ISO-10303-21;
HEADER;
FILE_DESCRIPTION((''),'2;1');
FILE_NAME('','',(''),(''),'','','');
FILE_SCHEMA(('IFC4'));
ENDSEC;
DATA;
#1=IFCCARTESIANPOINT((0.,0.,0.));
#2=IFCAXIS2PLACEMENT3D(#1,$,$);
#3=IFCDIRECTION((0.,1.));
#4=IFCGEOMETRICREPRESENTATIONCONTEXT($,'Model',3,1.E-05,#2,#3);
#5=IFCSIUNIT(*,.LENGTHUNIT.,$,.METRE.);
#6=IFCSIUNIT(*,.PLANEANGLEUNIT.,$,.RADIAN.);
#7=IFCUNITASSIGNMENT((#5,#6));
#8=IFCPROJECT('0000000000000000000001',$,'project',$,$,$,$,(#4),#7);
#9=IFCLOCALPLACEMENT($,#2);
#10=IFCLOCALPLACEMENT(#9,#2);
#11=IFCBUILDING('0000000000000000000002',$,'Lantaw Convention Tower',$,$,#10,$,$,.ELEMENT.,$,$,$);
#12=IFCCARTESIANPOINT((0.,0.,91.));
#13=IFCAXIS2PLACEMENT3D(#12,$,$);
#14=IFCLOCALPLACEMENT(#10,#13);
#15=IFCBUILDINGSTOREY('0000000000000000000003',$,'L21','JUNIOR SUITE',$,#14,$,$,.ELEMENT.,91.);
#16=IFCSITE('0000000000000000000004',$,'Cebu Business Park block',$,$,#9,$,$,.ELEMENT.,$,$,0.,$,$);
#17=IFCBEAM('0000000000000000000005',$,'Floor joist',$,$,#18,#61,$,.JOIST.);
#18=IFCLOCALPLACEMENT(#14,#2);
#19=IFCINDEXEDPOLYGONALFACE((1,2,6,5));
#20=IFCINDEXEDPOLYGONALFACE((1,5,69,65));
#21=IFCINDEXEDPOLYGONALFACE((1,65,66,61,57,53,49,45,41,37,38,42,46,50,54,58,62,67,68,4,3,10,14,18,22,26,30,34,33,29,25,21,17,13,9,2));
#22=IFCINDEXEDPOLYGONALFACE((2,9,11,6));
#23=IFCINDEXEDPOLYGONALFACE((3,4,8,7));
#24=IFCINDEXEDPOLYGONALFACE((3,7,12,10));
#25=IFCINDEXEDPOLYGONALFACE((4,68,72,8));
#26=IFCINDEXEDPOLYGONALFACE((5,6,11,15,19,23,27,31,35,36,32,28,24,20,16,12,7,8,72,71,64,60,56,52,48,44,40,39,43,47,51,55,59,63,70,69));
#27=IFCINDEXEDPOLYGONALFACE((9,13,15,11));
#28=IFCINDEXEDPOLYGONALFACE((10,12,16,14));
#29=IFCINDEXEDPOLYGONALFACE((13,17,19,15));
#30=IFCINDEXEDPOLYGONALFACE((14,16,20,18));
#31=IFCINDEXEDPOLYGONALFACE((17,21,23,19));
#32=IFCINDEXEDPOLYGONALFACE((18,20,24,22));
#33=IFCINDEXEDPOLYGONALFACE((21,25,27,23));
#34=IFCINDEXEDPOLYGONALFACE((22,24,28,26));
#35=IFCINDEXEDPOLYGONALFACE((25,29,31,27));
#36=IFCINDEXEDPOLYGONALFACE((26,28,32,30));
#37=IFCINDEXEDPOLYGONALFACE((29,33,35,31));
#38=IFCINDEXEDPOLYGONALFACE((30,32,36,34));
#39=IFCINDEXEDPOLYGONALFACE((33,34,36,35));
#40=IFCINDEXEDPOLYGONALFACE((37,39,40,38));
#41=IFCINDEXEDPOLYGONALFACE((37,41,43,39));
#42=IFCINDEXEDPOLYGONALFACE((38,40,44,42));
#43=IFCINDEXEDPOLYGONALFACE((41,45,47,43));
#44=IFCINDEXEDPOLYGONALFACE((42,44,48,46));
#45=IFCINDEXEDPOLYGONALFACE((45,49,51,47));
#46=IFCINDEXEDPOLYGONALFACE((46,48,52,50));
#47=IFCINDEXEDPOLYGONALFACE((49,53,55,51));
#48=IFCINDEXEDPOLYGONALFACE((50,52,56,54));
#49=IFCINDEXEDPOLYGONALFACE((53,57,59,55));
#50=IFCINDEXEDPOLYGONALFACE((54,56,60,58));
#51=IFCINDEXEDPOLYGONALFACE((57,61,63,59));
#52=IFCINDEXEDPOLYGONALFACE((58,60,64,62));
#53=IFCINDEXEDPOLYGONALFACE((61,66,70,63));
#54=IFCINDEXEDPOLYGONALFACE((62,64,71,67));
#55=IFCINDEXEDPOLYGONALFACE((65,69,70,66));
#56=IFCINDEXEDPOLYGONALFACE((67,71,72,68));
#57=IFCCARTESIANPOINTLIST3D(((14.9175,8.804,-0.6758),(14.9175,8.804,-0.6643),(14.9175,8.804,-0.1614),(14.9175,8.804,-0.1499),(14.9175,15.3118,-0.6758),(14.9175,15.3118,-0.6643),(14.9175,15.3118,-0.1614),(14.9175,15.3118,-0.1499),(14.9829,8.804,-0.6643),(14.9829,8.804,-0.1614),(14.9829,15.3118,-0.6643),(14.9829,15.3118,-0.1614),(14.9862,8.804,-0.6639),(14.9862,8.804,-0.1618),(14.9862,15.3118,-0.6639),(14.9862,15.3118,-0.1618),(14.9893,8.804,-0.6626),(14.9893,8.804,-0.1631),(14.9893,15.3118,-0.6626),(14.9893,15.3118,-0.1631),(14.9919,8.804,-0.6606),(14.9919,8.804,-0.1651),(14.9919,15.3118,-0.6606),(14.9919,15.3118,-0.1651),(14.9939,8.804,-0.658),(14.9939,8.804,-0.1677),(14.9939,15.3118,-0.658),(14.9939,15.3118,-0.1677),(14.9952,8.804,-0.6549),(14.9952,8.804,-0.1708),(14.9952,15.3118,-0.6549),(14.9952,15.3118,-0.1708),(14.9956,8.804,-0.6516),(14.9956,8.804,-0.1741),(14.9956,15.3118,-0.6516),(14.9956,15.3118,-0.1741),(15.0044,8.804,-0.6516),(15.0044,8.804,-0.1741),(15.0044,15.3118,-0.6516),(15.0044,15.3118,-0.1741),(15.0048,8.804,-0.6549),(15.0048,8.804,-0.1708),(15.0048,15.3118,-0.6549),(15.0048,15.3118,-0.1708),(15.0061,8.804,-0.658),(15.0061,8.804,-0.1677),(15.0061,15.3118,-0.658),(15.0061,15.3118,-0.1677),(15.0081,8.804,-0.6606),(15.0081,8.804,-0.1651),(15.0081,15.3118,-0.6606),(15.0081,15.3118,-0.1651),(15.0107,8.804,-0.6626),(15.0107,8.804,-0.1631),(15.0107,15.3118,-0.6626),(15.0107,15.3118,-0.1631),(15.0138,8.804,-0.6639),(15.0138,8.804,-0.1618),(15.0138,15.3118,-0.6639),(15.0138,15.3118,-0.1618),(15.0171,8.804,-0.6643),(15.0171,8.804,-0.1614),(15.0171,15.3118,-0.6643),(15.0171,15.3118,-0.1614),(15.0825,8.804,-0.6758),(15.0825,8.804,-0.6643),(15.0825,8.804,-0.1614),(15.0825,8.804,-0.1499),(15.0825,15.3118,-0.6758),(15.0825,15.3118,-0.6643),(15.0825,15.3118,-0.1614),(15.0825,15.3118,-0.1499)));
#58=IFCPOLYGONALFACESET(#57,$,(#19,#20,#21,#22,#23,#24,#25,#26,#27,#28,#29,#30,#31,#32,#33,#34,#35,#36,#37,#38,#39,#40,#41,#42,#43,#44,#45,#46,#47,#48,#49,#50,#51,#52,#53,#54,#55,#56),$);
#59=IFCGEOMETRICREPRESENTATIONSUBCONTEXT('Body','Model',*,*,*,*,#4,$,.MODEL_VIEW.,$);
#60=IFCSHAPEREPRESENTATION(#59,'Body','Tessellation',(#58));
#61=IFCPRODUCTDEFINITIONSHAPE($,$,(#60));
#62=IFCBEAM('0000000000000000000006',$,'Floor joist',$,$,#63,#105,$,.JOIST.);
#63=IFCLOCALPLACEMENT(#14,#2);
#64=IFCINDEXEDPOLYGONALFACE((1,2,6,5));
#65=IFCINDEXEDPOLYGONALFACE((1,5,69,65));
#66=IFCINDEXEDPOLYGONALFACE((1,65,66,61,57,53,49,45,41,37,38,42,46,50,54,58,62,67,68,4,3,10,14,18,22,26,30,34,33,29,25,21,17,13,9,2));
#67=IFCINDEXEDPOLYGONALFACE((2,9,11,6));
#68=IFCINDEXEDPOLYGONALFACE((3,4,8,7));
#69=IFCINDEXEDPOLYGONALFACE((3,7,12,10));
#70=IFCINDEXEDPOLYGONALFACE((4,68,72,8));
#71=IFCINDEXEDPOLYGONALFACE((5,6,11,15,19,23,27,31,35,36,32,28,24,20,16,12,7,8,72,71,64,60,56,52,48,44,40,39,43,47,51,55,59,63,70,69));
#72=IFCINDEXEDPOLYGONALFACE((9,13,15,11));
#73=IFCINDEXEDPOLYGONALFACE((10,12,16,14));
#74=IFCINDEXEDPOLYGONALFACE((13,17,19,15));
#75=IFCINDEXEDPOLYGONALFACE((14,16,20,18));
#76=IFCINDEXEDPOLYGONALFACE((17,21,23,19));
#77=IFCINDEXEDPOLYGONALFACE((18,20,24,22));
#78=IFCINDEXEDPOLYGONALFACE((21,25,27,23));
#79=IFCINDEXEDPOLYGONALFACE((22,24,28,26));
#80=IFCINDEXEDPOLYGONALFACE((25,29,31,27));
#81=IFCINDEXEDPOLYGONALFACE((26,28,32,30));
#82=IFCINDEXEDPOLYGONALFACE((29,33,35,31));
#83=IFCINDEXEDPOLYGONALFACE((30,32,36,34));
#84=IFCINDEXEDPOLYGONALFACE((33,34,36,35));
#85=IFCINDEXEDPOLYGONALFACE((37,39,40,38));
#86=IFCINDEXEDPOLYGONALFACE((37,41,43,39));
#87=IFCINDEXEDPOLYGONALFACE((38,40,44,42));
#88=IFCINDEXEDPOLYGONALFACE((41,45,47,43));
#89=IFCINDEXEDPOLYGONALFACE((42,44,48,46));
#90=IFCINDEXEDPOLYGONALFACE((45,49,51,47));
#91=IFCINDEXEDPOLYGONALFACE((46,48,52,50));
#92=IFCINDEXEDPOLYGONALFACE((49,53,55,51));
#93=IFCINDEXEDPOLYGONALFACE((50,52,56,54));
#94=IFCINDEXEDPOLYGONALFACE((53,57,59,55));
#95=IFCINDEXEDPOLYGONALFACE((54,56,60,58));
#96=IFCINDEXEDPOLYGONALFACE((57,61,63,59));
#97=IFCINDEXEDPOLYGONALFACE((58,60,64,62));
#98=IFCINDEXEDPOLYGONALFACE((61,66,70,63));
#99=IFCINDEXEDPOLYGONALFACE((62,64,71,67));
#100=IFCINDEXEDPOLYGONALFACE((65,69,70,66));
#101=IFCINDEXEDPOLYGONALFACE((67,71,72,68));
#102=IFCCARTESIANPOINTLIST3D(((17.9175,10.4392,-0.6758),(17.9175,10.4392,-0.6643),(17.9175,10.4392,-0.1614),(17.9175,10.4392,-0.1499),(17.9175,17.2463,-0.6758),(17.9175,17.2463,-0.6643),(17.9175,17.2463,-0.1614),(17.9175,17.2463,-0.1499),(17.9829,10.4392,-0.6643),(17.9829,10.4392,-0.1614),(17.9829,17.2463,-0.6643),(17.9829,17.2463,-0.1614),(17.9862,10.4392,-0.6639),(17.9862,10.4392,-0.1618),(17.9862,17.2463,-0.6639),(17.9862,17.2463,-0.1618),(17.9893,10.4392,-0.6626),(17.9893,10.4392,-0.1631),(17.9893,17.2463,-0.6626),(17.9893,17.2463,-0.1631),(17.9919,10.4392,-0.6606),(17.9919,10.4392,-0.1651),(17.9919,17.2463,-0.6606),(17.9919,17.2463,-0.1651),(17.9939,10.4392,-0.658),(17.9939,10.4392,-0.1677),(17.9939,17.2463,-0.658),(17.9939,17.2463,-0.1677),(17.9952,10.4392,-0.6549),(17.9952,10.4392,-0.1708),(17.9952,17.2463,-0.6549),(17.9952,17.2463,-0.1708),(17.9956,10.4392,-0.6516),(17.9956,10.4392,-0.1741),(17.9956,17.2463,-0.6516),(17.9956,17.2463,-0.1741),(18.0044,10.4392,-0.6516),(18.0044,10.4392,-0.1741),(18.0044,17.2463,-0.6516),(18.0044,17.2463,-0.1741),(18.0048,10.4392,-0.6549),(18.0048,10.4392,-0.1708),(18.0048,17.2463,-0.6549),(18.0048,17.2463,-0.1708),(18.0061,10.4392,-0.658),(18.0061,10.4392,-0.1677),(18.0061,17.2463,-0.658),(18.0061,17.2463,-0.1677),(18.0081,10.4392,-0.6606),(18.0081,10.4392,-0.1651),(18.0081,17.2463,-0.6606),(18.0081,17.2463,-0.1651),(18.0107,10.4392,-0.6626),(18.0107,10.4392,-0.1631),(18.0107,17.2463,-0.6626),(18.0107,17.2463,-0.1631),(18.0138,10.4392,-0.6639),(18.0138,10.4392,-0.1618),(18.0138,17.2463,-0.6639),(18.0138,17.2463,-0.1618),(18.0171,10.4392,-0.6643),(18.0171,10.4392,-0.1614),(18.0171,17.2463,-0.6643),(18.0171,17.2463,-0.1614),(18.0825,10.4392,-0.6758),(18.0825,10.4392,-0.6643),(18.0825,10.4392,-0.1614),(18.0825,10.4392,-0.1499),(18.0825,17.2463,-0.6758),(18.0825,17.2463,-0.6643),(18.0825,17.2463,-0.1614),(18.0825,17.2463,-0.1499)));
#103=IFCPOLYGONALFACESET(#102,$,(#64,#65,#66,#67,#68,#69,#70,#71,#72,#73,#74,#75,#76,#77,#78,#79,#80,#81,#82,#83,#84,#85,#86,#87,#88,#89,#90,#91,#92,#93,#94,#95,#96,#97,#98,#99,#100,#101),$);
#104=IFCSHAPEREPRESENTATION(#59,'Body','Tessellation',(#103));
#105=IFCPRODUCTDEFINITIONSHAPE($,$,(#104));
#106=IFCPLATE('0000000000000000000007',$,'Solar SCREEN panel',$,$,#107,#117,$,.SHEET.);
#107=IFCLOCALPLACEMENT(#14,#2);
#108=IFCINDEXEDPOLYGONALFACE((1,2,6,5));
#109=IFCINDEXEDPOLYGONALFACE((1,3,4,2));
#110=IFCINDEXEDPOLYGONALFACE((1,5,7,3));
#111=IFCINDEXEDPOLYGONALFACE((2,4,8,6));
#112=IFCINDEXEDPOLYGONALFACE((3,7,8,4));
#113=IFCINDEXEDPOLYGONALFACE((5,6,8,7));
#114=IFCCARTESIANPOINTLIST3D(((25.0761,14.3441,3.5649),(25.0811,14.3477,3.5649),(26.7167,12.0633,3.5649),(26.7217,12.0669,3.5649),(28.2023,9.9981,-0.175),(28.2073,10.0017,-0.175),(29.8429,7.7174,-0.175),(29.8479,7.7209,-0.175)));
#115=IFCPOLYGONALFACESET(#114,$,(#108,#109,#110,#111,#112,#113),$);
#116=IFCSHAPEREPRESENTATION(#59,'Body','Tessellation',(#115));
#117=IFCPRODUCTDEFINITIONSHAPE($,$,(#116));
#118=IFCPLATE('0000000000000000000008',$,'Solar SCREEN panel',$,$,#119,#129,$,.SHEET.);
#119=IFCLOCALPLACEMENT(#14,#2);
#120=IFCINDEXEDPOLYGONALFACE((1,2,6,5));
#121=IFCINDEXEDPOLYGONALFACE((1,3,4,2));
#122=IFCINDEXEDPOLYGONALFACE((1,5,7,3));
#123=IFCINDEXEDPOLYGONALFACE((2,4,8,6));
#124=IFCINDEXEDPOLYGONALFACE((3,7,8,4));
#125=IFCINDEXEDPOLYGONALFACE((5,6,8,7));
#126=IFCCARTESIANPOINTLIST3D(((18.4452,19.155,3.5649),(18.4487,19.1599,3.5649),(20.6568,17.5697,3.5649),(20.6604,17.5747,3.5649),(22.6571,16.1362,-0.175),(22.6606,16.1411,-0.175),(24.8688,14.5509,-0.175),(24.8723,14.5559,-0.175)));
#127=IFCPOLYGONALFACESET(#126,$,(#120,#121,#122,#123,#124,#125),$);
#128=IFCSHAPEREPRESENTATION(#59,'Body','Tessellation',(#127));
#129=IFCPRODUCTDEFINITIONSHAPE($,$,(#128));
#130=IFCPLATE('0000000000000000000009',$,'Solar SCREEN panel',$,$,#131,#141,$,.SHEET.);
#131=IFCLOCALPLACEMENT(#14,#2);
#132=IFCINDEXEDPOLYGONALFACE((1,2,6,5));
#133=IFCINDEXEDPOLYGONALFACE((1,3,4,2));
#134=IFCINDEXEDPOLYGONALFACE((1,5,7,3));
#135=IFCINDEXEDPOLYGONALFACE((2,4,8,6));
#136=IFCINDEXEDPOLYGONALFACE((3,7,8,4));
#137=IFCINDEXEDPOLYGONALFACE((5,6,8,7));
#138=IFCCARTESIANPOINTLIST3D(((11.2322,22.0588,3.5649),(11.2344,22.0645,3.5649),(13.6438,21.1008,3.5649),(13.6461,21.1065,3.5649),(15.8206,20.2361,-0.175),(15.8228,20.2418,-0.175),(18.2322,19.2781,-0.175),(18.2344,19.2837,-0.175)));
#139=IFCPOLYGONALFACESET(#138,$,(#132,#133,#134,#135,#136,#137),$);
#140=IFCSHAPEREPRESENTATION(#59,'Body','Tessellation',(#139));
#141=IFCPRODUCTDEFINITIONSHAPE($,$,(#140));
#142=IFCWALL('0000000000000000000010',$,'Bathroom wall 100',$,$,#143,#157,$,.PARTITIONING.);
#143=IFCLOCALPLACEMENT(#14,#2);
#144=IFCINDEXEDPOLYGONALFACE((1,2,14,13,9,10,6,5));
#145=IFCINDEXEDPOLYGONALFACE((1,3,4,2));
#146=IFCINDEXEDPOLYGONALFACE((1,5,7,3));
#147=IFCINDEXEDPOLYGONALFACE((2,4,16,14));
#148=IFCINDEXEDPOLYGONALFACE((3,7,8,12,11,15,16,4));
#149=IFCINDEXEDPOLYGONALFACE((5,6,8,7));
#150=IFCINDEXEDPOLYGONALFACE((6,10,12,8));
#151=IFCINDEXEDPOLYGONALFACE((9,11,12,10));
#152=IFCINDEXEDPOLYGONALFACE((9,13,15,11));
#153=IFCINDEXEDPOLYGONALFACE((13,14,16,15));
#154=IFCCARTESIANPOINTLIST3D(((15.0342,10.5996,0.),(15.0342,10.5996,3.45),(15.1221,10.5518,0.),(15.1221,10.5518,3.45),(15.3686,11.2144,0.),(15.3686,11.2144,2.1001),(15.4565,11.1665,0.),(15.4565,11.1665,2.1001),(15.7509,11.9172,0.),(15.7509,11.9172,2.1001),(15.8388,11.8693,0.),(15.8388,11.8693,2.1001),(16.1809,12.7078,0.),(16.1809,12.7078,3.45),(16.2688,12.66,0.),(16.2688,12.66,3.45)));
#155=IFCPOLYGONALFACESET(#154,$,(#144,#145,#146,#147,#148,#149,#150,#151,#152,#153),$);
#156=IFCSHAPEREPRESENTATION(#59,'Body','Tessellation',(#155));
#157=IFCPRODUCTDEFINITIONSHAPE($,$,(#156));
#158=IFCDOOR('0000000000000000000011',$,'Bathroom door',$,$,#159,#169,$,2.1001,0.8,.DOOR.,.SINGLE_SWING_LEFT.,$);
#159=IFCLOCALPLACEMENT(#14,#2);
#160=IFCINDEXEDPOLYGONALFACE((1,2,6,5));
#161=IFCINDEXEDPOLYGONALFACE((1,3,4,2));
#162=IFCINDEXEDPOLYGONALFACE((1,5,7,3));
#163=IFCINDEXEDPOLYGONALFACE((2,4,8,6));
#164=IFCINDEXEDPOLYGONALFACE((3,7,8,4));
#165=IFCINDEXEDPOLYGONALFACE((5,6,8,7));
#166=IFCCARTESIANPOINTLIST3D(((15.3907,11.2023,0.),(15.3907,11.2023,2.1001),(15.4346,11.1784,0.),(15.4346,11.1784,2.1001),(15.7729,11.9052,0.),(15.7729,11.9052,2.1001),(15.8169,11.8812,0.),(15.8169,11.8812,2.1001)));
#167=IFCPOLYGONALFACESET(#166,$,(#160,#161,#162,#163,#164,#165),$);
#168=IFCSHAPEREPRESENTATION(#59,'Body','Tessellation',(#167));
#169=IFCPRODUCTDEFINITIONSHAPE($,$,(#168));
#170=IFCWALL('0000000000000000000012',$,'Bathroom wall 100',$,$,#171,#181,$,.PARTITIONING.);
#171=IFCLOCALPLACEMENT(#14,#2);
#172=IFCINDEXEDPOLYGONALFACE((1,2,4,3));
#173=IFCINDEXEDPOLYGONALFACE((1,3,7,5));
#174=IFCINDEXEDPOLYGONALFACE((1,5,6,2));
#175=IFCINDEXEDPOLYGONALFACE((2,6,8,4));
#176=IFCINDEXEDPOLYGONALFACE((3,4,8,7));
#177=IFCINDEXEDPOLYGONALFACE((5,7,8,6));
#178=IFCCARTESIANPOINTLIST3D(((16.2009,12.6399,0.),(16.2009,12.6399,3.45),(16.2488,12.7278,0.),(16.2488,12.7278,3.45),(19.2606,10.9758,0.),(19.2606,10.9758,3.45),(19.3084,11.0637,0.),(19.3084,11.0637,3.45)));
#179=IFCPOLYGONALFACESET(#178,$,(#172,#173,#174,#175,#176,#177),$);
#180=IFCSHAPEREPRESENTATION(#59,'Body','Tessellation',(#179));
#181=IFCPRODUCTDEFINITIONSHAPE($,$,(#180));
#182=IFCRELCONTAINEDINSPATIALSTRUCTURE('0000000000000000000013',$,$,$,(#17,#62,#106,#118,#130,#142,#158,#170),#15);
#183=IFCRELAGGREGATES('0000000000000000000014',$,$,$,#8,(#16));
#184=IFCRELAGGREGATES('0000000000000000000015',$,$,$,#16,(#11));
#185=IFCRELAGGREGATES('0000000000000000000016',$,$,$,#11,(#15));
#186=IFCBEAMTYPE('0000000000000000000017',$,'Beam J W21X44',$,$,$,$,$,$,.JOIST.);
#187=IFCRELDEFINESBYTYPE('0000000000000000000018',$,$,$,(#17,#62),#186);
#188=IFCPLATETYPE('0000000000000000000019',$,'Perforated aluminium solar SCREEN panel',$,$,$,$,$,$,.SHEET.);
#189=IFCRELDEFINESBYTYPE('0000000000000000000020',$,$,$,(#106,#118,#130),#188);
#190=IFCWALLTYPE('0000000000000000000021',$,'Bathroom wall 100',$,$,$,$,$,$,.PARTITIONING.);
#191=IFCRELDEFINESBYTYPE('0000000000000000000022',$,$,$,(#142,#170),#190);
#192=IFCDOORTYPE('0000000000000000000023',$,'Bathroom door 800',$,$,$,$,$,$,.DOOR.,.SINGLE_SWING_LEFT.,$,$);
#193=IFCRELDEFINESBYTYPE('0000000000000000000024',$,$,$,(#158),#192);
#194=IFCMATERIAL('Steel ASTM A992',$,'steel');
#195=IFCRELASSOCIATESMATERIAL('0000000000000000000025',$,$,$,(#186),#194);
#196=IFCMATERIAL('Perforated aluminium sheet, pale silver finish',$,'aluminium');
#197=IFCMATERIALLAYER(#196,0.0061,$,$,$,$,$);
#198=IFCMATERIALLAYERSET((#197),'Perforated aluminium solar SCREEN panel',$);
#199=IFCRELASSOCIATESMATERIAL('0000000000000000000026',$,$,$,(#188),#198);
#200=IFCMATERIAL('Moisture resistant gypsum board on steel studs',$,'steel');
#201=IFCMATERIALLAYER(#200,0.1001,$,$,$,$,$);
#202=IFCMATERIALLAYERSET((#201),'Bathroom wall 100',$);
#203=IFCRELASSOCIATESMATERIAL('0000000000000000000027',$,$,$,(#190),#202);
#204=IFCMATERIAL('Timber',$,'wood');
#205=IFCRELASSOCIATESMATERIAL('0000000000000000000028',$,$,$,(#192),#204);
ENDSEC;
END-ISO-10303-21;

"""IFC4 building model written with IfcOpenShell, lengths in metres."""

from ifc_helpers import new_model, si_unit, direction, frame, frame_2d, origin, origin_2d, place, context, subcontext, project, spatial, polyline, rectangle, i_section, outline, extrude, material, layer, layer_set, material_profile, profile_set, type_object, element, fill, save


model = new_model("IFC4")

# Units and contexts
model_context = context("Model", 3, precision=1e-05, world=origin(), true_north=direction((0.0, 1.0)))
body_context = subcontext(model_context, "Body", "Model", "MODEL_VIEW")
ifc_project = project(units=[si_unit("LENGTHUNIT", "METRE"), si_unit("PLANEANGLEUNIT", "RADIAN")], contexts=[model_context])

# Site, building, storey
site_placement = place(None, origin())
site = spatial("IfcSite", under=ifc_project, at=site_placement, Name="Cebu Business Park block", CompositionType="ELEMENT", RefElevation=0.0)
building_placement = place(site_placement, origin())
building = spatial("IfcBuilding", under=site, at=building_placement, Name="Lantaw Convention Tower", CompositionType="ELEMENT")
storey_placement = place(building_placement, frame((0.0, 0.0, 91.0)))
storey = spatial("IfcBuildingStorey", under=building, at=storey_placement, Name="L21", Description="JUNIOR SUITE", CompositionType="ELEMENT", Elevation=91.0)

# Beams
ifc_material_1 = material(Name="Steel ASTM A992", Category="steel")
ifc_material_profile_1 = material_profile(ifc_material_1, i_section(OverallWidth=0.165, OverallDepth=0.5259, WebThickness=0.0088, FlangeThickness=0.0115, FilletRadius=0.0127, at=origin_2d()), Name="W21X44")
ifc_profile_set_1 = profile_set([ifc_material_profile_1], Name="Steel ASTM A992")
beam_type_1 = type_object("IfcBeamType", Name="Beam J W21X44", PredefinedType="JOIST", material=ifc_profile_set_1)
beam_1_placement = place(storey_placement, frame((15.0, 8.804, -0.4128), z_axis=(0.0, 1.0, 0.0), x_axis=(-1.0, 0.0, 0.0)))
element("IfcBeam", 1, at=beam_1_placement, inside=storey, type_object=beam_type_1, Name="Floor joist", PredefinedType="JOIST", context=body_context, shape_type="SweptSolid", body=[
    extrude(i_section(OverallWidth=0.165, OverallDepth=0.5259, WebThickness=0.0088, FlangeThickness=0.0115, FilletRadius=0.0127, at=origin_2d()), origin(), (0.0, 0.0, 1.0), 6.5078),
])
beam_2_placement = place(storey_placement, frame((18.0, 10.4392, -0.4128), z_axis=(0.0, 1.0, 0.0), x_axis=(-1.0, 0.0, 0.0)))
element("IfcBeam", 2, at=beam_2_placement, inside=storey, type_object=beam_type_1, Name="Floor joist", PredefinedType="JOIST", context=body_context, shape_type="SweptSolid", body=[
    extrude(i_section(OverallWidth=0.165, OverallDepth=0.5259, WebThickness=0.0088, FlangeThickness=0.0115, FilletRadius=0.0127, at=origin_2d()), origin(), (0.0, 0.0, 1.0), 6.8071),
])

# Plates
ifc_material_2 = material(Name="Perforated aluminium sheet, pale silver finish", Category="aluminium")
ifc_layer_1 = layer(ifc_material_2, 0.0061)
ifc_layer_set_1 = layer_set([ifc_layer_1], Name="Perforated aluminium solar SCREEN panel")
plate_type = type_object("IfcPlateType", Name="Perforated aluminium solar SCREEN panel", PredefinedType="SHEET", material=ifc_layer_set_1)
plate_1_placement = place(storey_placement, frame((29.8479, 7.7209, -0.175), z_axis=(0.811791, 0.583948, 0.000009), x_axis=(-0.583948, 0.811791, 0.0)))
element("IfcPlate", 3, at=plate_1_placement, inside=storey, type_object=plate_type, Name="Solar SCREEN panel", PredefinedType="SHEET", context=body_context, shape_type="SweptSolid", body=[
    extrude(outline(polyline([(0.0, 0.0), (2.8095, 0.0), (8.1631, 3.74), (5.3536, 3.74), (0.0, 0.0)])), origin(), (0.0, 0.0, -1.0), 0.0061),
])
plate_2_placement = place(storey_placement, frame((24.8723, 14.5559, -0.175), z_axis=(0.582561, 0.812787, 0.000016), x_axis=(-0.812787, 0.582561, 0.0)))
element("IfcPlate", 4, at=plate_2_placement, inside=storey, type_object=plate_type, Name="Solar SCREEN panel", PredefinedType="SHEET", context=body_context, shape_type="SweptSolid", body=[
    extrude(outline(polyline([(0.0, 0.0), (2.7211, 0.0), (7.9031, 3.74), (5.182, 3.74), (0.0, 0.0)])), origin(), (0.0, 0.0, -1.0), 0.0061),
])
plate_3_placement = place(storey_placement, frame((18.2322, 19.2781, -0.175), z_axis=(-0.369184, -0.929357, 0.000009), x_axis=(-0.929357, 0.369184, 0.0)))
element("IfcPlate", 5, at=plate_3_placement, inside=storey, type_object=plate_type, Name="Solar SCREEN panel", PredefinedType="SHEET", context=body_context, shape_type="SweptSolid", body=[
    extrude(outline(polyline([(0.0, 0.0), (2.5949, 0.0), (7.5321, -3.74), (4.9372, -3.74), (0.0, 0.0)])), origin(), (0.0, 0.0, -1.0), 0.0061),
])

# Wall, opening, door
ifc_material_3 = material(Name="Moisture resistant gypsum board on steel studs", Category="steel")
ifc_layer_2 = layer(ifc_material_3, 0.1001)
ifc_layer_set_2 = layer_set([ifc_layer_2], Name="Bathroom wall 100")
wall_type_1 = type_object("IfcWallType", Name="Bathroom wall 100", PredefinedType="PARTITIONING", material=ifc_layer_set_2)
wall_1_placement = place(storey_placement, frame((15.0781, 10.5757, 0.0), z_axis=(0.0, 0.0, 1.0), x_axis=(0.477833, 0.878451, 0.0)))
wall_1 = element("IfcWall", 6, at=wall_1_placement, inside=storey, type_object=wall_type_1, Name="Bathroom wall 100", PredefinedType="PARTITIONING", context=body_context, shape_type="SweptSolid", body=[
    extrude(rectangle(XDim=2.3999, YDim=0.1001, at=frame_2d((1.2, 0.0))), origin(), (0.0, 0.0, 1.0), 3.45),
])
opening_1_placement = place(wall_1_placement, frame((0.7, 0.0, 0.0)))
opening_1 = element("IfcOpeningElement", 7, at=opening_1_placement, cuts=wall_1, PredefinedType="OPENING", context=body_context, shape_type="SweptSolid", body=[
    extrude(rectangle(XDim=0.8, YDim=2.1001, at=frame_2d((0.3999, 1.05))), frame((0.0, 0.0601, 0.0), z_axis=(0.0, -1.0, 0.0), x_axis=(1.0, 0.0, 0.0)), (0.0, 0.0, 1.0), 0.1201),
])
ifc_material_4 = material(Name="Timber", Category="wood")
door_type = type_object("IfcDoorType", Name="Bathroom door 800", OperationType="SINGLE_SWING_LEFT", PredefinedType="DOOR", material=ifc_material_4)
door_placement = place(opening_1_placement, origin())
door = element("IfcDoor", 8, at=door_placement, inside=storey, type_object=door_type, Name="Bathroom door", OperationType="SINGLE_SWING_LEFT", OverallHeight=2.1001, OverallWidth=0.8, PredefinedType="DOOR", context=body_context, shape_type="SweptSolid", body=[
    extrude(rectangle(XDim=0.8, YDim=2.1001, at=frame_2d((0.3999, 1.05))), frame((0.0, 0.0249, 0.0), z_axis=(0.0, -1.0, 0.0), x_axis=(1.0, 0.0, 0.0)), (0.0, 0.0, 1.0), 0.05),
])
fill(opening_1, door)

# Wall
wall_2_placement = place(storey_placement, frame((16.2249, 12.6838, 0.0), z_axis=(0.0, 0.0, 1.0), x_axis=(0.878474, -0.477791, 0.0)))
element("IfcWall", 9, at=wall_2_placement, inside=storey, type_object=wall_type_1, Name="Bathroom wall 100", PredefinedType="PARTITIONING", context=body_context, shape_type="SweptSolid", body=[
    extrude(rectangle(XDim=3.4829, YDim=0.1001, at=frame_2d((1.7415, 0.0))), origin(), (0.0, 0.0, 1.0), 3.45),
])

save(model, "model.ifc")
